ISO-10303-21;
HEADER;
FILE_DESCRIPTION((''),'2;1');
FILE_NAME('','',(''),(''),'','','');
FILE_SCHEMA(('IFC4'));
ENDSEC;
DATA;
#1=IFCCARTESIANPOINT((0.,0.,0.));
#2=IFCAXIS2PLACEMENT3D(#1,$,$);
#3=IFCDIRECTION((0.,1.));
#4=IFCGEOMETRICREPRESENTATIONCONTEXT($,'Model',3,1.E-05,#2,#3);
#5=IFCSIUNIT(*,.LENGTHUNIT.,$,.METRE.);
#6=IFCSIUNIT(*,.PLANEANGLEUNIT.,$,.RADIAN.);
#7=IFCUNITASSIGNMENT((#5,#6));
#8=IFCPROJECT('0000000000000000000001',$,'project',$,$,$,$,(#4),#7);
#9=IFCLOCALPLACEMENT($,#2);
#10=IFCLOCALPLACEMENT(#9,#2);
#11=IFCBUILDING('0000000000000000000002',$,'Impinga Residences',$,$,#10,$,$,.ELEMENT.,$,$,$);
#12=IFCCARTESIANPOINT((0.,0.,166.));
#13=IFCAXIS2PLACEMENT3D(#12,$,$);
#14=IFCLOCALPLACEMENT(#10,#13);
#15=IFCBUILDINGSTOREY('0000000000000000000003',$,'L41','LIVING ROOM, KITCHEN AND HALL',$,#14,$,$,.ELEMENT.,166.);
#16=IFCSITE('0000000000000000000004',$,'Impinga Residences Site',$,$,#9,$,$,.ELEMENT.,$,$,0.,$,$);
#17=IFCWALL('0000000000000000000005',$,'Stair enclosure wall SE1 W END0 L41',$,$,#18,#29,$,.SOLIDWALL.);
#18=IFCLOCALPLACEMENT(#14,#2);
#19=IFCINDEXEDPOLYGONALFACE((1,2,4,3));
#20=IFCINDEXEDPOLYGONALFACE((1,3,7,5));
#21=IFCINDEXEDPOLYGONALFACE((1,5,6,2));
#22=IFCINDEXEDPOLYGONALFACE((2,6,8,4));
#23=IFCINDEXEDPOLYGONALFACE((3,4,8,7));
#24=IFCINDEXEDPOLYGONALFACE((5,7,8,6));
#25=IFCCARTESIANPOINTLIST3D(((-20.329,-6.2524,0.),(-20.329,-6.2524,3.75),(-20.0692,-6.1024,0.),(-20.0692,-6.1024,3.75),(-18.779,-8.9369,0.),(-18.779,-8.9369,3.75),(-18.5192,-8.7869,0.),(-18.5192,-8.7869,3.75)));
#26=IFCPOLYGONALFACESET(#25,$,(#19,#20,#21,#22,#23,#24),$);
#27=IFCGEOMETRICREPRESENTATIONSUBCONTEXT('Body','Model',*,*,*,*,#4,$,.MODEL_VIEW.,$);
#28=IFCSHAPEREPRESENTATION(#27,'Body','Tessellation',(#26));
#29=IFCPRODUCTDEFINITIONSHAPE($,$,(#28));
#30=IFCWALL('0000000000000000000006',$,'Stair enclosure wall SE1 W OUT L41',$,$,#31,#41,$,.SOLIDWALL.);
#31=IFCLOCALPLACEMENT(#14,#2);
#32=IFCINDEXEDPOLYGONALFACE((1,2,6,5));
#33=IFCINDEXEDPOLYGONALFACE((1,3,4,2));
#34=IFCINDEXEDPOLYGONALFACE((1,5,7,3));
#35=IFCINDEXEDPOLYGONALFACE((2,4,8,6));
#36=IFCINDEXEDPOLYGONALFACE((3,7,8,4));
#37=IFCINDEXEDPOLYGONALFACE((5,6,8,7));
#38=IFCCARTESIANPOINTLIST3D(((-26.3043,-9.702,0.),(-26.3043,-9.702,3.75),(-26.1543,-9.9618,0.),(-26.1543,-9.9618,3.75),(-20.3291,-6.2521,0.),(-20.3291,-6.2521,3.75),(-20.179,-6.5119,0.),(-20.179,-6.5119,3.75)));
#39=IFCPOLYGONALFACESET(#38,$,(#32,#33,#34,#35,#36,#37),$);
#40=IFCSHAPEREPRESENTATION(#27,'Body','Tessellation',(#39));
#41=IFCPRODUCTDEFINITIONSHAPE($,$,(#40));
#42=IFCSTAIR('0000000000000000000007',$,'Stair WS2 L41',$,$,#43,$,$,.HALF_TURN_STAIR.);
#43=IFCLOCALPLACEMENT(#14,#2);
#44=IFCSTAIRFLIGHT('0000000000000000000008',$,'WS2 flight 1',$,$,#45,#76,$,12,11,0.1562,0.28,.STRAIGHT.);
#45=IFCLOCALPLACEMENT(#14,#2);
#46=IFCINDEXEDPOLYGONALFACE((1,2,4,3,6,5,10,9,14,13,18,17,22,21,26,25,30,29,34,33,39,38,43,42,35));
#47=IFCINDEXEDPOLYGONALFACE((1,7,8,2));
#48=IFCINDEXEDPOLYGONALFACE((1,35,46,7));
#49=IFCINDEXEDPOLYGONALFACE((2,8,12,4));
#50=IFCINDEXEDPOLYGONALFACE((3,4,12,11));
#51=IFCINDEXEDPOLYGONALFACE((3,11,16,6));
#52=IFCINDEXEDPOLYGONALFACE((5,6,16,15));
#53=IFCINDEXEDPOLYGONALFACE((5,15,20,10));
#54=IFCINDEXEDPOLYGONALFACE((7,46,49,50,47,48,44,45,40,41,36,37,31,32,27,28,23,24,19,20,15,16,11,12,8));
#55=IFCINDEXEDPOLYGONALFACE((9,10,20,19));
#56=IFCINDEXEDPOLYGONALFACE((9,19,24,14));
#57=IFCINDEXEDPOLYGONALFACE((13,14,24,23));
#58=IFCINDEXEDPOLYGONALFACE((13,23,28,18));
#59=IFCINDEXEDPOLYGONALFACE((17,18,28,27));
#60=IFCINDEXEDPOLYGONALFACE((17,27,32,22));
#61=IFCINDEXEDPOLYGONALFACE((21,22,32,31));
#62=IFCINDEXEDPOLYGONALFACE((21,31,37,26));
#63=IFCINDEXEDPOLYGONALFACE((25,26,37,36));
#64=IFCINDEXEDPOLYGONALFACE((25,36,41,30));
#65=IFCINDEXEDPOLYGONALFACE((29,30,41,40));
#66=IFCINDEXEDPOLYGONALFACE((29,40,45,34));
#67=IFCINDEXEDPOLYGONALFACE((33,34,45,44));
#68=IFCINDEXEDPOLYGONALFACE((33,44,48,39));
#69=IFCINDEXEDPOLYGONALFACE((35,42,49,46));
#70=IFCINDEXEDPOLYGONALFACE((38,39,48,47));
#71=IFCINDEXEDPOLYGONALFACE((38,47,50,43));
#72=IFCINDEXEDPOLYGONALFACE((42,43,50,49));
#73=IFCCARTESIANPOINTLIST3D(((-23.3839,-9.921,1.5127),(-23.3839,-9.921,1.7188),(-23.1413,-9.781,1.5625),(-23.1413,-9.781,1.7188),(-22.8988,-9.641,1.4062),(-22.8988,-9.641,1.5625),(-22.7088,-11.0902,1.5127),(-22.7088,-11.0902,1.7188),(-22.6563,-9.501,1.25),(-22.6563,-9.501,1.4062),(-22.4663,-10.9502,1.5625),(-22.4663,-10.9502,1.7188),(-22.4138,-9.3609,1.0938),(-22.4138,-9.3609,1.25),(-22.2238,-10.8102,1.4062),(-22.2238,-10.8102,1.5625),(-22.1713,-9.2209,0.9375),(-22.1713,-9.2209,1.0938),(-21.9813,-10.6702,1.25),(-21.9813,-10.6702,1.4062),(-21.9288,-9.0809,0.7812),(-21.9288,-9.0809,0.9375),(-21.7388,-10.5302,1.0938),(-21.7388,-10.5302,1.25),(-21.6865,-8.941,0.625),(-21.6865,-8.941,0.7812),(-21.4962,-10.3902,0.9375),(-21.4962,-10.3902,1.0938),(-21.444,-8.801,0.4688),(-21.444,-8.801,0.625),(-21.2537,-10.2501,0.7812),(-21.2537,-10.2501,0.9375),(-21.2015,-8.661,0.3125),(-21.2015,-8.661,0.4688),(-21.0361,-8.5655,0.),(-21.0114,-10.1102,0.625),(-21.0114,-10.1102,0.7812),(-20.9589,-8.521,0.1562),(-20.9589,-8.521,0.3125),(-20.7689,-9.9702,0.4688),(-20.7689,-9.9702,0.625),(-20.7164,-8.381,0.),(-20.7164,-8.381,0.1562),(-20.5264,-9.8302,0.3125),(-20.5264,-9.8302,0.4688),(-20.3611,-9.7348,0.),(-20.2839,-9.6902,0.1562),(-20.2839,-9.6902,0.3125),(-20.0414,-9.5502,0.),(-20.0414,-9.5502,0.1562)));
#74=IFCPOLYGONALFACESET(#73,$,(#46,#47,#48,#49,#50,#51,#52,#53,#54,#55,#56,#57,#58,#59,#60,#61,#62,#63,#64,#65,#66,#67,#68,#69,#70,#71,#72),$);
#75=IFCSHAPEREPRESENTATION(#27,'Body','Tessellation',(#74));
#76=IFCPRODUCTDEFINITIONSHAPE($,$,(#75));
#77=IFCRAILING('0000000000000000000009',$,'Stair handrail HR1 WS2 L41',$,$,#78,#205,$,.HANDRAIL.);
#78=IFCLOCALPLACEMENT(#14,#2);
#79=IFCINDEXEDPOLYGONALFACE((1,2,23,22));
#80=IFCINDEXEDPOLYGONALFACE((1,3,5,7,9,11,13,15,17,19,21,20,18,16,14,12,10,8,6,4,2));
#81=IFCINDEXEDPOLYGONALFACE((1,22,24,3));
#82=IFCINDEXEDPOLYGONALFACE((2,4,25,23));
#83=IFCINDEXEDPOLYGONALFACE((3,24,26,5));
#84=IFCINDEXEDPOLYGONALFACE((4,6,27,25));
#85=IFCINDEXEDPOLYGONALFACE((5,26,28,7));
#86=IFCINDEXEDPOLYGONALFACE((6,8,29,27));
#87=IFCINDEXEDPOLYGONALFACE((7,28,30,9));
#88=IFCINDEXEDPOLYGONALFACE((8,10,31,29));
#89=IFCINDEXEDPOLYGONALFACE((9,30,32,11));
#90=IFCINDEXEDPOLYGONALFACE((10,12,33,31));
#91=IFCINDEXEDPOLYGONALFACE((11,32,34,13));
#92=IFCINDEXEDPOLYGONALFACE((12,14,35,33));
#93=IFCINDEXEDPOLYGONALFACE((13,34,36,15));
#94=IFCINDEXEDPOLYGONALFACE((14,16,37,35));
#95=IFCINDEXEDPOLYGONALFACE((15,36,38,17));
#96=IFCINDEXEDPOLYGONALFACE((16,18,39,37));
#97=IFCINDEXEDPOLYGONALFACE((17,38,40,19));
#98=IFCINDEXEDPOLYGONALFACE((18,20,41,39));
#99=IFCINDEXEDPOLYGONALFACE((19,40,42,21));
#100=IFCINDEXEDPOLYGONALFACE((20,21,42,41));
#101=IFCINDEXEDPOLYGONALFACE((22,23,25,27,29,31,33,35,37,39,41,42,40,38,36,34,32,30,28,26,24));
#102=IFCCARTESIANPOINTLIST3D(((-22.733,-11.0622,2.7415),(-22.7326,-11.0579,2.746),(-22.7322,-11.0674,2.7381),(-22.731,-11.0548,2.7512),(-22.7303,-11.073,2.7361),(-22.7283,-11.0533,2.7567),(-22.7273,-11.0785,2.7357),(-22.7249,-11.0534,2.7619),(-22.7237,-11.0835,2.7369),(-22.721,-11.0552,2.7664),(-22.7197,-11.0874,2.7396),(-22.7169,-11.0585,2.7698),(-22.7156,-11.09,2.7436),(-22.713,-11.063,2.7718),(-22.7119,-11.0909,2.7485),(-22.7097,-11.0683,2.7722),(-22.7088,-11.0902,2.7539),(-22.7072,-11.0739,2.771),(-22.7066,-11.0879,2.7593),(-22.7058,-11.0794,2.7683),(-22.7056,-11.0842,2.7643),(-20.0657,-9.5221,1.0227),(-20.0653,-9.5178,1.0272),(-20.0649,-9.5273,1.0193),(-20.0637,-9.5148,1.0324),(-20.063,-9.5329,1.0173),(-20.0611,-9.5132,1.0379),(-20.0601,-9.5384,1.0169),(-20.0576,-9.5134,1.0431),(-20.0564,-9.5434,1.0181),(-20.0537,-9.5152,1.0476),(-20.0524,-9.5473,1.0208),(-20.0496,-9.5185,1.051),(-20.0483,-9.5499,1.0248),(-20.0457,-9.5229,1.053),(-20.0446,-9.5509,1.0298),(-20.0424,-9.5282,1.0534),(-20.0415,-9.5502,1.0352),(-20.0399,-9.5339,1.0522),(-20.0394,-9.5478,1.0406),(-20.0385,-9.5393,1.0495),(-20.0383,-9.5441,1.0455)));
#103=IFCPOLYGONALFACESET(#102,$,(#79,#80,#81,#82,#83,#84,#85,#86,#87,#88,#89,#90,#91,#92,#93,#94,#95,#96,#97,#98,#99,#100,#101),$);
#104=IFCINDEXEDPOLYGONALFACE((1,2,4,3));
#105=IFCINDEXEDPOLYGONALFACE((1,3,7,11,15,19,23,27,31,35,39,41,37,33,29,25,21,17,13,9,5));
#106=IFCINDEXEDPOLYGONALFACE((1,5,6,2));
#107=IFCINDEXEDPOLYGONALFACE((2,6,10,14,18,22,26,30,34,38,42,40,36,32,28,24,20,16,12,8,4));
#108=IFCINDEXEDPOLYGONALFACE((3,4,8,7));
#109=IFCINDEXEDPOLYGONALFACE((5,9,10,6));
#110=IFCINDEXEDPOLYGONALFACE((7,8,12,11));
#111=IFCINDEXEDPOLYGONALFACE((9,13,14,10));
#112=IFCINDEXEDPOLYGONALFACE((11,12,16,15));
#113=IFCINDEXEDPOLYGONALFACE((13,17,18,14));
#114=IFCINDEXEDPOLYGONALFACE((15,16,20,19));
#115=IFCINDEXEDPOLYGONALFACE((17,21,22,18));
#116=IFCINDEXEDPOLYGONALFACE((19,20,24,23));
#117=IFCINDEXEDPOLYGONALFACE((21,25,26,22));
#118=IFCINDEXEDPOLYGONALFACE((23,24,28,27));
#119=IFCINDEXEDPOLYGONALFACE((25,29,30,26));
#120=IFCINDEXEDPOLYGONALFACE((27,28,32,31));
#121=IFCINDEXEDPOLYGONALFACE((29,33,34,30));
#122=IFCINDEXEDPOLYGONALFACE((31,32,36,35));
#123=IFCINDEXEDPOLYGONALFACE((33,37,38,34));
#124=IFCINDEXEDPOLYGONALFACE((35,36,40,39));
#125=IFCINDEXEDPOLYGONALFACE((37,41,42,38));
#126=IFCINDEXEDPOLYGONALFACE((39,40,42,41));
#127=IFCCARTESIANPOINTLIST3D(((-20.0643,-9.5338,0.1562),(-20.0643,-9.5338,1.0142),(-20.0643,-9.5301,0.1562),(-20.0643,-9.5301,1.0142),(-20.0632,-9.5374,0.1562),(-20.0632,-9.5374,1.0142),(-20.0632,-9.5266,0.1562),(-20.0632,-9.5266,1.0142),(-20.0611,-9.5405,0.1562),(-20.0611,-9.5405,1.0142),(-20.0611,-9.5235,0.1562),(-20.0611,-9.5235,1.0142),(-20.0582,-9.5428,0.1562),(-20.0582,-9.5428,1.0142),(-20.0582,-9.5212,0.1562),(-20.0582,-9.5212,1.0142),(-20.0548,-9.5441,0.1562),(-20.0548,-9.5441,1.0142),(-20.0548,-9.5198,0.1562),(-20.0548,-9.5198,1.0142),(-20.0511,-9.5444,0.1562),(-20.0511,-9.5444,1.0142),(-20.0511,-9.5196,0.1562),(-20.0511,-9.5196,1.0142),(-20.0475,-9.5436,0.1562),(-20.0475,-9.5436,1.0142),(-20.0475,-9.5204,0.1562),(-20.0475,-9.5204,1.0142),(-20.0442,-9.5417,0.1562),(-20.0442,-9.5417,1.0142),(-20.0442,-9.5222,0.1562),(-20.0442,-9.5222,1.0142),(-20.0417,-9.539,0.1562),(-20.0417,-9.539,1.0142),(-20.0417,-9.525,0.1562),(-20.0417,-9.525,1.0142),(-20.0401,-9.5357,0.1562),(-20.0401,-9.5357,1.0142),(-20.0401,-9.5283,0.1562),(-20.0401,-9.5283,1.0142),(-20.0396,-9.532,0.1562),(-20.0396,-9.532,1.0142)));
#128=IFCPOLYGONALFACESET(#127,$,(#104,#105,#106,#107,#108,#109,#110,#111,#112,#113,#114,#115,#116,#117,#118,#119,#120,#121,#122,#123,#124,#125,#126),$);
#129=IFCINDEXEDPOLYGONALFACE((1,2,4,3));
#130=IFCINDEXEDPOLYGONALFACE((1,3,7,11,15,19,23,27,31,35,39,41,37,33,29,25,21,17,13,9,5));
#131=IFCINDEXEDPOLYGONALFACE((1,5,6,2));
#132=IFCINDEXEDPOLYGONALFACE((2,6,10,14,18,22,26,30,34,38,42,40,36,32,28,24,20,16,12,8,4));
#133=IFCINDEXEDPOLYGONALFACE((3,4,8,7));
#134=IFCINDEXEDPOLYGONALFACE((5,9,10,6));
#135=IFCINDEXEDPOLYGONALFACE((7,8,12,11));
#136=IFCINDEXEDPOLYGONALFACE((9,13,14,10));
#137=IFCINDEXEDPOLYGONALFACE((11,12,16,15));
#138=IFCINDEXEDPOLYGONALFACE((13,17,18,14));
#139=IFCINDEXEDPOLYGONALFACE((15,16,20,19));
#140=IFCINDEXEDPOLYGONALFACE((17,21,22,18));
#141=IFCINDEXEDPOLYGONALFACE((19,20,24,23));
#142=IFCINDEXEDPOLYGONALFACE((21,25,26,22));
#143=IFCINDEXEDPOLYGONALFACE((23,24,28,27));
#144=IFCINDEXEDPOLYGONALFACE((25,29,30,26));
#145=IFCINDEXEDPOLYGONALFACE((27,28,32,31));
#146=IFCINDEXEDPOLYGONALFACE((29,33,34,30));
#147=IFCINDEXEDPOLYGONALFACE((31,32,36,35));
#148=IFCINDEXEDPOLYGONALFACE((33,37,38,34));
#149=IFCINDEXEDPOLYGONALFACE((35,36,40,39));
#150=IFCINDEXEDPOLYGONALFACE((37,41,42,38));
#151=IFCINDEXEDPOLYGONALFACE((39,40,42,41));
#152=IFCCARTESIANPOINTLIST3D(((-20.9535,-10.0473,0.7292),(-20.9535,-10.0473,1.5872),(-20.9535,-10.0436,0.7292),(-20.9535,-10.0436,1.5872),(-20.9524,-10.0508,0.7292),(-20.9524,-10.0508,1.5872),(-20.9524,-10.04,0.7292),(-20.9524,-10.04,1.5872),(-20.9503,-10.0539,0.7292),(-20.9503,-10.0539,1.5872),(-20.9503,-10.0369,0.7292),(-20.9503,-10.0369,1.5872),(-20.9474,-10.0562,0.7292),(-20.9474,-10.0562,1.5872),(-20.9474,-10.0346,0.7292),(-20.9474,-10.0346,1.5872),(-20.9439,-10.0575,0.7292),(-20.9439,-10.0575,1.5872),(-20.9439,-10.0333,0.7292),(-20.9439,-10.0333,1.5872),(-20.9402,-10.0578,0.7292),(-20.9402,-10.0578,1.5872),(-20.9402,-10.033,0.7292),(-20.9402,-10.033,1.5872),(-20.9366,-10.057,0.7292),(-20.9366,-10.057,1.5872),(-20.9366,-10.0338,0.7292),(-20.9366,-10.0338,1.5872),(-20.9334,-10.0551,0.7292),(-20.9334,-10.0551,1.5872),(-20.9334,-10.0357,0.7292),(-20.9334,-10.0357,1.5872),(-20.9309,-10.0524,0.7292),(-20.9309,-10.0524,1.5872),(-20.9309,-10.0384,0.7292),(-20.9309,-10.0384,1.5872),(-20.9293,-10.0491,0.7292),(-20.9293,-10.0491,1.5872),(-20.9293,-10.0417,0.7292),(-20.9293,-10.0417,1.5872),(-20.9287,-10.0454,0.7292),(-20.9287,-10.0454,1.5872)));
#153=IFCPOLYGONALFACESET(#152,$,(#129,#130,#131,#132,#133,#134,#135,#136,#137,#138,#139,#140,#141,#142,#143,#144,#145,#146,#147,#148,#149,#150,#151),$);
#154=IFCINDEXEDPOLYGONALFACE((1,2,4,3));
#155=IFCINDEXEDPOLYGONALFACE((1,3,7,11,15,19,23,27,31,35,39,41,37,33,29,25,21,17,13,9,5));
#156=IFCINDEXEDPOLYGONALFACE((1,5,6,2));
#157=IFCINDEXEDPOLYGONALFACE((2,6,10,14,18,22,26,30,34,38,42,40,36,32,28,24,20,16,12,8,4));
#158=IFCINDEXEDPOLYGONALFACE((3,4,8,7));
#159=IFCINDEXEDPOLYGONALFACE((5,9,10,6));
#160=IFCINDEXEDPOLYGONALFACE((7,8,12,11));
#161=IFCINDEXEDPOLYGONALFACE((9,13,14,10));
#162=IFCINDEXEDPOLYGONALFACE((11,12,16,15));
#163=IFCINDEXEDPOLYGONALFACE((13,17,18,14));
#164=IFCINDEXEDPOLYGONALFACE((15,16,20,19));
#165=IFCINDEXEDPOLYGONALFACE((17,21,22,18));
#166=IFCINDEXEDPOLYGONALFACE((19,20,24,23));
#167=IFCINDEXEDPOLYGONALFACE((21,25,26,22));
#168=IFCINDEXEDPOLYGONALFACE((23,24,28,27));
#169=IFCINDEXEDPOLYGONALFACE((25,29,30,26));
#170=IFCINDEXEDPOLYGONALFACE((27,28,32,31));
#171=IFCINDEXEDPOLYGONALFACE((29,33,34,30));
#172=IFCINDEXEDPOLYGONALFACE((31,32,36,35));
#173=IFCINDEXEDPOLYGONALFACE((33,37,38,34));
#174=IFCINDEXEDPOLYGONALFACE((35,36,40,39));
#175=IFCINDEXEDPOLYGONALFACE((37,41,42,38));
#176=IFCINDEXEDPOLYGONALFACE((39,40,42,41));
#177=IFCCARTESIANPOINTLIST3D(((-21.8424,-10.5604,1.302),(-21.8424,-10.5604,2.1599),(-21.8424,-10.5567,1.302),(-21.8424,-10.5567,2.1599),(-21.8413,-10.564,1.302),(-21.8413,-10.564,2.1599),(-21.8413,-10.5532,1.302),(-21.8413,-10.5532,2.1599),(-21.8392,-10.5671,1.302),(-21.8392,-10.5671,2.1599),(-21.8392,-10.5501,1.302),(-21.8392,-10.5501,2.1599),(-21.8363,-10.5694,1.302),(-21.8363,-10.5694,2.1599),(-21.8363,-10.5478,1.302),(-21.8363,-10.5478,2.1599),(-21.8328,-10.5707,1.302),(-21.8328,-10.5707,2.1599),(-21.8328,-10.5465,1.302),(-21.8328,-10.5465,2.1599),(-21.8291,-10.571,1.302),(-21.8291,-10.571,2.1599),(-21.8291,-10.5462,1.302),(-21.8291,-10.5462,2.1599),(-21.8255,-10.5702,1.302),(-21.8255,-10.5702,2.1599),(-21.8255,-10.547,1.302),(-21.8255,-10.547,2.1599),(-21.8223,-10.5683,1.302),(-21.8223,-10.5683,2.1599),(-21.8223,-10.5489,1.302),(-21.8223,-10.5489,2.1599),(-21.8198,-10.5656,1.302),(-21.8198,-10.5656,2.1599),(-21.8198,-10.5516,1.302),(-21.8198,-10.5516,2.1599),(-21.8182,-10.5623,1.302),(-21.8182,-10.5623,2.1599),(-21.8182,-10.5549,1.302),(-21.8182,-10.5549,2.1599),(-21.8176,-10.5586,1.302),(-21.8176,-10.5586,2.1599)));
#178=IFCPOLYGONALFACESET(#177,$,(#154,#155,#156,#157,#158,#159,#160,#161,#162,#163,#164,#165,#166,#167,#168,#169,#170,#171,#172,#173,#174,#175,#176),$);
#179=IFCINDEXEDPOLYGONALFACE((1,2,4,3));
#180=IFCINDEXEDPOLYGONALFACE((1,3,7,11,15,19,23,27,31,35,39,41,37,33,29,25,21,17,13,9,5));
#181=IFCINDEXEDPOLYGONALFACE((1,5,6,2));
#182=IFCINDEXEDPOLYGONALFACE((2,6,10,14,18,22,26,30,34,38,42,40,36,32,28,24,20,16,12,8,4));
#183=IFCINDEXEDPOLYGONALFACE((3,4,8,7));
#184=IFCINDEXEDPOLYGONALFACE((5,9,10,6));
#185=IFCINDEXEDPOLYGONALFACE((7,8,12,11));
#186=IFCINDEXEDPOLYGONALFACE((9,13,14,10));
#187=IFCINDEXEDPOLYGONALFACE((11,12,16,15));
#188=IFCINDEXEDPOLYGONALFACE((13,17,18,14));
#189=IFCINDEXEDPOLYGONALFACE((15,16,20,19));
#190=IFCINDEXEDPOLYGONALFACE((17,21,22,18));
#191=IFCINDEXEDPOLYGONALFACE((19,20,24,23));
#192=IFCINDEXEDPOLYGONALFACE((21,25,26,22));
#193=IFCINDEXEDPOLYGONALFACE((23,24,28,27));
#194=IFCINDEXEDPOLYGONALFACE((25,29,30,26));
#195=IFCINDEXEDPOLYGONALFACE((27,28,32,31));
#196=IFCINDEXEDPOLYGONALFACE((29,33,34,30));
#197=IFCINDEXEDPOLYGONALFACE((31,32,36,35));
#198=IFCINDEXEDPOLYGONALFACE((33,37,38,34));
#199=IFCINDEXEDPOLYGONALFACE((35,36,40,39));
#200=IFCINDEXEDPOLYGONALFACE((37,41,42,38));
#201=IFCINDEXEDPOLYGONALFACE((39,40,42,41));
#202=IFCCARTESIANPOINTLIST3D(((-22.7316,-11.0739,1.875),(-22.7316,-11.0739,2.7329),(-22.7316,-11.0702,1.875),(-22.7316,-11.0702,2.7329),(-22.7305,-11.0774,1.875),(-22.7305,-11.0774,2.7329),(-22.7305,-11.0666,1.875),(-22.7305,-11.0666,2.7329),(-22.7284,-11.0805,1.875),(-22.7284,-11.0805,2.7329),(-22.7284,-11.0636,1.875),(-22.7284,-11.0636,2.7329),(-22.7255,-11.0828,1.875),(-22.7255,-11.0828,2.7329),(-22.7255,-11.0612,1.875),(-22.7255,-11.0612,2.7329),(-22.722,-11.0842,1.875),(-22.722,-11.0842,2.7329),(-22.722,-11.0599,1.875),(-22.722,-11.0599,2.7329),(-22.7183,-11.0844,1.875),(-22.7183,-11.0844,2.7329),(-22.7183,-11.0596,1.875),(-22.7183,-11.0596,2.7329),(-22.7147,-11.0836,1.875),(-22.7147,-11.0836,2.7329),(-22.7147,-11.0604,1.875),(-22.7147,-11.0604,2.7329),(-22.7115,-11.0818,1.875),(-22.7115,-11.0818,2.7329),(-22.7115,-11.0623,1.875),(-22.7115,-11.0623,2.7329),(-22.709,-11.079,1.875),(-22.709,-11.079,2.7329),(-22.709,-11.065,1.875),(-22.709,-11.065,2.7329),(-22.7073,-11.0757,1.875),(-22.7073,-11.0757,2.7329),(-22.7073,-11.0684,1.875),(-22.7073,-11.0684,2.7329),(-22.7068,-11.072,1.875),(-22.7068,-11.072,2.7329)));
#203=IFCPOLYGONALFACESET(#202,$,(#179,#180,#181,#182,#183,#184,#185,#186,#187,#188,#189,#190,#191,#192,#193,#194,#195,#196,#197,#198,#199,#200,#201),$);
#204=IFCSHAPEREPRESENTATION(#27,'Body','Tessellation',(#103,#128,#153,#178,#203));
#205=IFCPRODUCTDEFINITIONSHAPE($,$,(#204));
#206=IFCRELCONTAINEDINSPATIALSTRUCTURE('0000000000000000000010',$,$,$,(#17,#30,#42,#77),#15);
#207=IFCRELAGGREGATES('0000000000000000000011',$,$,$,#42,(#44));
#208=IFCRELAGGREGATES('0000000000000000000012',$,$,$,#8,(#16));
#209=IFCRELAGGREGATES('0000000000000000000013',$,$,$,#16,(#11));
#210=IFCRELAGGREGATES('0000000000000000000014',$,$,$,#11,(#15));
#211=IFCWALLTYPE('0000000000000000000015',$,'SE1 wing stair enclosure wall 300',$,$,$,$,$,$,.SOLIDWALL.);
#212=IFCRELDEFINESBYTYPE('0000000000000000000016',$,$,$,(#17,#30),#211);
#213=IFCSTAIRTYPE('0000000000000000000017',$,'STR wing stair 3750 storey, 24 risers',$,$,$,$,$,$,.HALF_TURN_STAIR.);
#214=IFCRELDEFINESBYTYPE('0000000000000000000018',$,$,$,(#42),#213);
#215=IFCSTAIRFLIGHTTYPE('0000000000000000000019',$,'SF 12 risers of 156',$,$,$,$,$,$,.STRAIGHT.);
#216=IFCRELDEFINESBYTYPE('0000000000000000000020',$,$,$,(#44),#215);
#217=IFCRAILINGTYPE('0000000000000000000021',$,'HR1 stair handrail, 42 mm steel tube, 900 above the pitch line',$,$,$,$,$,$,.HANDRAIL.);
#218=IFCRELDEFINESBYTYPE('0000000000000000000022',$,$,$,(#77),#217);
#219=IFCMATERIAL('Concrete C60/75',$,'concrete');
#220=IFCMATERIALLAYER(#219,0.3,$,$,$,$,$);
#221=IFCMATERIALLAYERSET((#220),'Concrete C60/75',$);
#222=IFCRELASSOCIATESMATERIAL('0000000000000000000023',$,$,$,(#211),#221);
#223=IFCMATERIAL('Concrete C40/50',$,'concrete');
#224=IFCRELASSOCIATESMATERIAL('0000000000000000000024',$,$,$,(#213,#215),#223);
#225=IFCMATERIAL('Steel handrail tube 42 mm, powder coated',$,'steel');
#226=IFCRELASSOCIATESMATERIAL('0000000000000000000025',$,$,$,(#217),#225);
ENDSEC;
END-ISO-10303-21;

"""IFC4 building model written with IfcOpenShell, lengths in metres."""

from ifc_helpers import new_model, si_unit, direction, frame, frame_2d, origin, origin_2d, place, context, subcontext, project, spatial, polyline, rectangle, circle, outline, extrude, material, layer, layer_set, type_object, element, aggregate, save


model = new_model("IFC4")

# Units and contexts
model_context = context("Model", 3, precision=1e-05, world=origin(), true_north=direction((0.0, 1.0)))
body_context = subcontext(model_context, "Body", "Model", "MODEL_VIEW")
ifc_project = project(units=[si_unit("LENGTHUNIT", "METRE"), si_unit("PLANEANGLEUNIT", "RADIAN")], contexts=[model_context])

# Site, building, storey
site_placement = place(None, origin())
site = spatial("IfcSite", under=ifc_project, at=site_placement, Name="Impinga Residences Site", CompositionType="ELEMENT", RefElevation=0.0)
building_placement = place(site_placement, origin())
building = spatial("IfcBuilding", under=site, at=building_placement, Name="Impinga Residences", CompositionType="ELEMENT")
storey_placement = place(building_placement, frame((0.0, 0.0, 166.0)))
storey = spatial("IfcBuildingStorey", under=building, at=storey_placement, Name="L41", Description="LIVING ROOM, KITCHEN AND HALL", CompositionType="ELEMENT", Elevation=166.0)

# Shared definitions
ifc_material_1 = material(Name="Concrete C60/75", Category="concrete")

# Walls
ifc_layer_1 = layer(ifc_material_1, 0.3)
ifc_layer_set_1 = layer_set([ifc_layer_1], Name="Concrete C60/75")
wall_type_1 = type_object("IfcWallType", Name="SE1 wing stair enclosure wall 300", PredefinedType="SOLIDWALL", material=ifc_layer_set_1)
wall_1_placement = place(storey_placement, frame((-18.6492, -8.8618, 0.0), z_axis=(0.0, 0.0, 1.0), x_axis=(-0.500027, 0.86601, 0.0)))
element("IfcWall", 1, at=wall_1_placement, inside=storey, type_object=wall_type_1, Name="Stair enclosure wall SE1 W END0 L41", PredefinedType="SOLIDWALL", context=body_context, shape_type="SweptSolid", body=[
    extrude(rectangle(XDim=3.0999, YDim=0.3, at=frame_2d((1.5498, 0.0))), origin(), (0.0, 0.0, 1.0), 3.75),
])
wall_2_placement = place(storey_placement, frame((-20.2542, -6.3821, 0.0), z_axis=(0.0, 0.0, 1.0), x_axis=(-0.86602, -0.500009, 0.0)))
element("IfcWall", 2, at=wall_2_placement, inside=storey, type_object=wall_type_1, Name="Stair enclosure wall SE1 W OUT L41", PredefinedType="SOLIDWALL", context=body_context, shape_type="SweptSolid", body=[
    extrude(rectangle(XDim=6.8997, YDim=0.3, at=frame_2d((3.4497, 0.0))), origin(), (0.0, 0.0, 1.0), 3.75),
])

# Stair, stair flight
ifc_material_2 = material(Name="Concrete C40/50", Category="concrete")
stair_type = type_object("IfcStairType", Name="STR wing stair 3750 storey, 24 risers", PredefinedType="HALF_TURN_STAIR", material=ifc_material_2)
stair_placement = place(storey_placement, origin())
stair = element("IfcStair", 3, at=stair_placement, inside=storey, type_object=stair_type, Name="Stair WS2 L41", PredefinedType="HALF_TURN_STAIR")
stair_flight_type = type_object("IfcStairFlightType", Name="SF 12 risers of 156", PredefinedType="STRAIGHT", material=ifc_material_2)
stair_flight_placement = place(storey_placement, frame((-20.3789, -8.9656, 0.0), z_axis=(0.0, 0.0, 1.0), x_axis=(-0.866025, -0.5, 0.0)))
stair_flight = element("IfcStairFlight", 4, at=stair_flight_placement, type_object=stair_flight_type, Name="WS2 flight 1", NumberOfRisers=12, NumberOfTreads=11, PredefinedType="STRAIGHT", RiserHeight=0.1562, TreadLength=0.28, context=body_context, shape_type="SweptSolid", body=[
    extrude(outline(polyline([(0.0, 0.0), (0.0, 0.1562), (0.28, 0.1562), (0.28, 0.3125), (0.5601, 0.3125), (0.5601, 0.4688), (0.8401, 0.4688), (0.8401, 0.625), (1.1201, 0.625), (1.1201, 0.7812), (1.3999, 0.7812), (1.3999, 0.9375), (1.6799, 0.9375), (1.6799, 1.0938), (1.96, 1.0938), (1.96, 1.25), (2.24, 1.25), (2.24, 1.4062), (2.52, 1.4062), (2.52, 1.5625), (2.8, 1.5625), (2.8, 1.7188), (3.0801, 1.7188), (3.0801, 1.875), (3.0801, 1.5127), (0.3691, 0.0), (0.0, 0.0)])), frame((0.0, 0.675, 0.0), z_axis=(0.0, -1.0, 0.0), x_axis=(1.0, 0.0, 0.0)), (0.0, 0.0, 1.0), 1.3501),
])
aggregate(stair, [stair_flight])

# Railing
ifc_material_3 = material(Name="Steel handrail tube 42 mm, powder coated", Category="steel")
railing_type = type_object("IfcRailingType", Name="HR1 stair handrail, 42 mm steel tube, 900 above the pitch line", PredefinedType="HANDRAIL", material=ifc_material_3)
railing_placement = place(storey_placement, frame((-20.052, -9.532, 0.1562)))
element("IfcRailing", 5, at=railing_placement, inside=storey, type_object=railing_type, Name="Stair handrail HR1 WS2 L41", PredefinedType="HANDRAIL", context=body_context, shape_type="SweptSolid", body=[
    extrude(circle(Radius=0.021, at=origin_2d()), frame((0.0, 0.0, 0.8789), z_axis=(-0.756226, -0.436639, 0.487307), x_axis=(0.500027, -0.86601, 0.0)), (0.0, 0.0, 1.0), 3.5271),
    extrude(circle(Radius=0.0125, at=origin_2d()), origin(), (0.0, 0.0, 1.0), 0.8579),
    extrude(circle(Radius=0.0125, at=origin_2d()), frame((-0.8892, -0.5134, 0.573)), (0.0, 0.0, 1.0), 0.8579),
    extrude(circle(Radius=0.0125, at=origin_2d()), frame((-1.7781, -1.0266, 1.1458)), (0.0, 0.0, 1.0), 0.8579),
    extrude(circle(Radius=0.0125, at=origin_2d()), frame((-2.6672, -1.54, 1.7188)), (0.0, 0.0, 1.0), 0.8579),
])

save(model, "model.ifc")
